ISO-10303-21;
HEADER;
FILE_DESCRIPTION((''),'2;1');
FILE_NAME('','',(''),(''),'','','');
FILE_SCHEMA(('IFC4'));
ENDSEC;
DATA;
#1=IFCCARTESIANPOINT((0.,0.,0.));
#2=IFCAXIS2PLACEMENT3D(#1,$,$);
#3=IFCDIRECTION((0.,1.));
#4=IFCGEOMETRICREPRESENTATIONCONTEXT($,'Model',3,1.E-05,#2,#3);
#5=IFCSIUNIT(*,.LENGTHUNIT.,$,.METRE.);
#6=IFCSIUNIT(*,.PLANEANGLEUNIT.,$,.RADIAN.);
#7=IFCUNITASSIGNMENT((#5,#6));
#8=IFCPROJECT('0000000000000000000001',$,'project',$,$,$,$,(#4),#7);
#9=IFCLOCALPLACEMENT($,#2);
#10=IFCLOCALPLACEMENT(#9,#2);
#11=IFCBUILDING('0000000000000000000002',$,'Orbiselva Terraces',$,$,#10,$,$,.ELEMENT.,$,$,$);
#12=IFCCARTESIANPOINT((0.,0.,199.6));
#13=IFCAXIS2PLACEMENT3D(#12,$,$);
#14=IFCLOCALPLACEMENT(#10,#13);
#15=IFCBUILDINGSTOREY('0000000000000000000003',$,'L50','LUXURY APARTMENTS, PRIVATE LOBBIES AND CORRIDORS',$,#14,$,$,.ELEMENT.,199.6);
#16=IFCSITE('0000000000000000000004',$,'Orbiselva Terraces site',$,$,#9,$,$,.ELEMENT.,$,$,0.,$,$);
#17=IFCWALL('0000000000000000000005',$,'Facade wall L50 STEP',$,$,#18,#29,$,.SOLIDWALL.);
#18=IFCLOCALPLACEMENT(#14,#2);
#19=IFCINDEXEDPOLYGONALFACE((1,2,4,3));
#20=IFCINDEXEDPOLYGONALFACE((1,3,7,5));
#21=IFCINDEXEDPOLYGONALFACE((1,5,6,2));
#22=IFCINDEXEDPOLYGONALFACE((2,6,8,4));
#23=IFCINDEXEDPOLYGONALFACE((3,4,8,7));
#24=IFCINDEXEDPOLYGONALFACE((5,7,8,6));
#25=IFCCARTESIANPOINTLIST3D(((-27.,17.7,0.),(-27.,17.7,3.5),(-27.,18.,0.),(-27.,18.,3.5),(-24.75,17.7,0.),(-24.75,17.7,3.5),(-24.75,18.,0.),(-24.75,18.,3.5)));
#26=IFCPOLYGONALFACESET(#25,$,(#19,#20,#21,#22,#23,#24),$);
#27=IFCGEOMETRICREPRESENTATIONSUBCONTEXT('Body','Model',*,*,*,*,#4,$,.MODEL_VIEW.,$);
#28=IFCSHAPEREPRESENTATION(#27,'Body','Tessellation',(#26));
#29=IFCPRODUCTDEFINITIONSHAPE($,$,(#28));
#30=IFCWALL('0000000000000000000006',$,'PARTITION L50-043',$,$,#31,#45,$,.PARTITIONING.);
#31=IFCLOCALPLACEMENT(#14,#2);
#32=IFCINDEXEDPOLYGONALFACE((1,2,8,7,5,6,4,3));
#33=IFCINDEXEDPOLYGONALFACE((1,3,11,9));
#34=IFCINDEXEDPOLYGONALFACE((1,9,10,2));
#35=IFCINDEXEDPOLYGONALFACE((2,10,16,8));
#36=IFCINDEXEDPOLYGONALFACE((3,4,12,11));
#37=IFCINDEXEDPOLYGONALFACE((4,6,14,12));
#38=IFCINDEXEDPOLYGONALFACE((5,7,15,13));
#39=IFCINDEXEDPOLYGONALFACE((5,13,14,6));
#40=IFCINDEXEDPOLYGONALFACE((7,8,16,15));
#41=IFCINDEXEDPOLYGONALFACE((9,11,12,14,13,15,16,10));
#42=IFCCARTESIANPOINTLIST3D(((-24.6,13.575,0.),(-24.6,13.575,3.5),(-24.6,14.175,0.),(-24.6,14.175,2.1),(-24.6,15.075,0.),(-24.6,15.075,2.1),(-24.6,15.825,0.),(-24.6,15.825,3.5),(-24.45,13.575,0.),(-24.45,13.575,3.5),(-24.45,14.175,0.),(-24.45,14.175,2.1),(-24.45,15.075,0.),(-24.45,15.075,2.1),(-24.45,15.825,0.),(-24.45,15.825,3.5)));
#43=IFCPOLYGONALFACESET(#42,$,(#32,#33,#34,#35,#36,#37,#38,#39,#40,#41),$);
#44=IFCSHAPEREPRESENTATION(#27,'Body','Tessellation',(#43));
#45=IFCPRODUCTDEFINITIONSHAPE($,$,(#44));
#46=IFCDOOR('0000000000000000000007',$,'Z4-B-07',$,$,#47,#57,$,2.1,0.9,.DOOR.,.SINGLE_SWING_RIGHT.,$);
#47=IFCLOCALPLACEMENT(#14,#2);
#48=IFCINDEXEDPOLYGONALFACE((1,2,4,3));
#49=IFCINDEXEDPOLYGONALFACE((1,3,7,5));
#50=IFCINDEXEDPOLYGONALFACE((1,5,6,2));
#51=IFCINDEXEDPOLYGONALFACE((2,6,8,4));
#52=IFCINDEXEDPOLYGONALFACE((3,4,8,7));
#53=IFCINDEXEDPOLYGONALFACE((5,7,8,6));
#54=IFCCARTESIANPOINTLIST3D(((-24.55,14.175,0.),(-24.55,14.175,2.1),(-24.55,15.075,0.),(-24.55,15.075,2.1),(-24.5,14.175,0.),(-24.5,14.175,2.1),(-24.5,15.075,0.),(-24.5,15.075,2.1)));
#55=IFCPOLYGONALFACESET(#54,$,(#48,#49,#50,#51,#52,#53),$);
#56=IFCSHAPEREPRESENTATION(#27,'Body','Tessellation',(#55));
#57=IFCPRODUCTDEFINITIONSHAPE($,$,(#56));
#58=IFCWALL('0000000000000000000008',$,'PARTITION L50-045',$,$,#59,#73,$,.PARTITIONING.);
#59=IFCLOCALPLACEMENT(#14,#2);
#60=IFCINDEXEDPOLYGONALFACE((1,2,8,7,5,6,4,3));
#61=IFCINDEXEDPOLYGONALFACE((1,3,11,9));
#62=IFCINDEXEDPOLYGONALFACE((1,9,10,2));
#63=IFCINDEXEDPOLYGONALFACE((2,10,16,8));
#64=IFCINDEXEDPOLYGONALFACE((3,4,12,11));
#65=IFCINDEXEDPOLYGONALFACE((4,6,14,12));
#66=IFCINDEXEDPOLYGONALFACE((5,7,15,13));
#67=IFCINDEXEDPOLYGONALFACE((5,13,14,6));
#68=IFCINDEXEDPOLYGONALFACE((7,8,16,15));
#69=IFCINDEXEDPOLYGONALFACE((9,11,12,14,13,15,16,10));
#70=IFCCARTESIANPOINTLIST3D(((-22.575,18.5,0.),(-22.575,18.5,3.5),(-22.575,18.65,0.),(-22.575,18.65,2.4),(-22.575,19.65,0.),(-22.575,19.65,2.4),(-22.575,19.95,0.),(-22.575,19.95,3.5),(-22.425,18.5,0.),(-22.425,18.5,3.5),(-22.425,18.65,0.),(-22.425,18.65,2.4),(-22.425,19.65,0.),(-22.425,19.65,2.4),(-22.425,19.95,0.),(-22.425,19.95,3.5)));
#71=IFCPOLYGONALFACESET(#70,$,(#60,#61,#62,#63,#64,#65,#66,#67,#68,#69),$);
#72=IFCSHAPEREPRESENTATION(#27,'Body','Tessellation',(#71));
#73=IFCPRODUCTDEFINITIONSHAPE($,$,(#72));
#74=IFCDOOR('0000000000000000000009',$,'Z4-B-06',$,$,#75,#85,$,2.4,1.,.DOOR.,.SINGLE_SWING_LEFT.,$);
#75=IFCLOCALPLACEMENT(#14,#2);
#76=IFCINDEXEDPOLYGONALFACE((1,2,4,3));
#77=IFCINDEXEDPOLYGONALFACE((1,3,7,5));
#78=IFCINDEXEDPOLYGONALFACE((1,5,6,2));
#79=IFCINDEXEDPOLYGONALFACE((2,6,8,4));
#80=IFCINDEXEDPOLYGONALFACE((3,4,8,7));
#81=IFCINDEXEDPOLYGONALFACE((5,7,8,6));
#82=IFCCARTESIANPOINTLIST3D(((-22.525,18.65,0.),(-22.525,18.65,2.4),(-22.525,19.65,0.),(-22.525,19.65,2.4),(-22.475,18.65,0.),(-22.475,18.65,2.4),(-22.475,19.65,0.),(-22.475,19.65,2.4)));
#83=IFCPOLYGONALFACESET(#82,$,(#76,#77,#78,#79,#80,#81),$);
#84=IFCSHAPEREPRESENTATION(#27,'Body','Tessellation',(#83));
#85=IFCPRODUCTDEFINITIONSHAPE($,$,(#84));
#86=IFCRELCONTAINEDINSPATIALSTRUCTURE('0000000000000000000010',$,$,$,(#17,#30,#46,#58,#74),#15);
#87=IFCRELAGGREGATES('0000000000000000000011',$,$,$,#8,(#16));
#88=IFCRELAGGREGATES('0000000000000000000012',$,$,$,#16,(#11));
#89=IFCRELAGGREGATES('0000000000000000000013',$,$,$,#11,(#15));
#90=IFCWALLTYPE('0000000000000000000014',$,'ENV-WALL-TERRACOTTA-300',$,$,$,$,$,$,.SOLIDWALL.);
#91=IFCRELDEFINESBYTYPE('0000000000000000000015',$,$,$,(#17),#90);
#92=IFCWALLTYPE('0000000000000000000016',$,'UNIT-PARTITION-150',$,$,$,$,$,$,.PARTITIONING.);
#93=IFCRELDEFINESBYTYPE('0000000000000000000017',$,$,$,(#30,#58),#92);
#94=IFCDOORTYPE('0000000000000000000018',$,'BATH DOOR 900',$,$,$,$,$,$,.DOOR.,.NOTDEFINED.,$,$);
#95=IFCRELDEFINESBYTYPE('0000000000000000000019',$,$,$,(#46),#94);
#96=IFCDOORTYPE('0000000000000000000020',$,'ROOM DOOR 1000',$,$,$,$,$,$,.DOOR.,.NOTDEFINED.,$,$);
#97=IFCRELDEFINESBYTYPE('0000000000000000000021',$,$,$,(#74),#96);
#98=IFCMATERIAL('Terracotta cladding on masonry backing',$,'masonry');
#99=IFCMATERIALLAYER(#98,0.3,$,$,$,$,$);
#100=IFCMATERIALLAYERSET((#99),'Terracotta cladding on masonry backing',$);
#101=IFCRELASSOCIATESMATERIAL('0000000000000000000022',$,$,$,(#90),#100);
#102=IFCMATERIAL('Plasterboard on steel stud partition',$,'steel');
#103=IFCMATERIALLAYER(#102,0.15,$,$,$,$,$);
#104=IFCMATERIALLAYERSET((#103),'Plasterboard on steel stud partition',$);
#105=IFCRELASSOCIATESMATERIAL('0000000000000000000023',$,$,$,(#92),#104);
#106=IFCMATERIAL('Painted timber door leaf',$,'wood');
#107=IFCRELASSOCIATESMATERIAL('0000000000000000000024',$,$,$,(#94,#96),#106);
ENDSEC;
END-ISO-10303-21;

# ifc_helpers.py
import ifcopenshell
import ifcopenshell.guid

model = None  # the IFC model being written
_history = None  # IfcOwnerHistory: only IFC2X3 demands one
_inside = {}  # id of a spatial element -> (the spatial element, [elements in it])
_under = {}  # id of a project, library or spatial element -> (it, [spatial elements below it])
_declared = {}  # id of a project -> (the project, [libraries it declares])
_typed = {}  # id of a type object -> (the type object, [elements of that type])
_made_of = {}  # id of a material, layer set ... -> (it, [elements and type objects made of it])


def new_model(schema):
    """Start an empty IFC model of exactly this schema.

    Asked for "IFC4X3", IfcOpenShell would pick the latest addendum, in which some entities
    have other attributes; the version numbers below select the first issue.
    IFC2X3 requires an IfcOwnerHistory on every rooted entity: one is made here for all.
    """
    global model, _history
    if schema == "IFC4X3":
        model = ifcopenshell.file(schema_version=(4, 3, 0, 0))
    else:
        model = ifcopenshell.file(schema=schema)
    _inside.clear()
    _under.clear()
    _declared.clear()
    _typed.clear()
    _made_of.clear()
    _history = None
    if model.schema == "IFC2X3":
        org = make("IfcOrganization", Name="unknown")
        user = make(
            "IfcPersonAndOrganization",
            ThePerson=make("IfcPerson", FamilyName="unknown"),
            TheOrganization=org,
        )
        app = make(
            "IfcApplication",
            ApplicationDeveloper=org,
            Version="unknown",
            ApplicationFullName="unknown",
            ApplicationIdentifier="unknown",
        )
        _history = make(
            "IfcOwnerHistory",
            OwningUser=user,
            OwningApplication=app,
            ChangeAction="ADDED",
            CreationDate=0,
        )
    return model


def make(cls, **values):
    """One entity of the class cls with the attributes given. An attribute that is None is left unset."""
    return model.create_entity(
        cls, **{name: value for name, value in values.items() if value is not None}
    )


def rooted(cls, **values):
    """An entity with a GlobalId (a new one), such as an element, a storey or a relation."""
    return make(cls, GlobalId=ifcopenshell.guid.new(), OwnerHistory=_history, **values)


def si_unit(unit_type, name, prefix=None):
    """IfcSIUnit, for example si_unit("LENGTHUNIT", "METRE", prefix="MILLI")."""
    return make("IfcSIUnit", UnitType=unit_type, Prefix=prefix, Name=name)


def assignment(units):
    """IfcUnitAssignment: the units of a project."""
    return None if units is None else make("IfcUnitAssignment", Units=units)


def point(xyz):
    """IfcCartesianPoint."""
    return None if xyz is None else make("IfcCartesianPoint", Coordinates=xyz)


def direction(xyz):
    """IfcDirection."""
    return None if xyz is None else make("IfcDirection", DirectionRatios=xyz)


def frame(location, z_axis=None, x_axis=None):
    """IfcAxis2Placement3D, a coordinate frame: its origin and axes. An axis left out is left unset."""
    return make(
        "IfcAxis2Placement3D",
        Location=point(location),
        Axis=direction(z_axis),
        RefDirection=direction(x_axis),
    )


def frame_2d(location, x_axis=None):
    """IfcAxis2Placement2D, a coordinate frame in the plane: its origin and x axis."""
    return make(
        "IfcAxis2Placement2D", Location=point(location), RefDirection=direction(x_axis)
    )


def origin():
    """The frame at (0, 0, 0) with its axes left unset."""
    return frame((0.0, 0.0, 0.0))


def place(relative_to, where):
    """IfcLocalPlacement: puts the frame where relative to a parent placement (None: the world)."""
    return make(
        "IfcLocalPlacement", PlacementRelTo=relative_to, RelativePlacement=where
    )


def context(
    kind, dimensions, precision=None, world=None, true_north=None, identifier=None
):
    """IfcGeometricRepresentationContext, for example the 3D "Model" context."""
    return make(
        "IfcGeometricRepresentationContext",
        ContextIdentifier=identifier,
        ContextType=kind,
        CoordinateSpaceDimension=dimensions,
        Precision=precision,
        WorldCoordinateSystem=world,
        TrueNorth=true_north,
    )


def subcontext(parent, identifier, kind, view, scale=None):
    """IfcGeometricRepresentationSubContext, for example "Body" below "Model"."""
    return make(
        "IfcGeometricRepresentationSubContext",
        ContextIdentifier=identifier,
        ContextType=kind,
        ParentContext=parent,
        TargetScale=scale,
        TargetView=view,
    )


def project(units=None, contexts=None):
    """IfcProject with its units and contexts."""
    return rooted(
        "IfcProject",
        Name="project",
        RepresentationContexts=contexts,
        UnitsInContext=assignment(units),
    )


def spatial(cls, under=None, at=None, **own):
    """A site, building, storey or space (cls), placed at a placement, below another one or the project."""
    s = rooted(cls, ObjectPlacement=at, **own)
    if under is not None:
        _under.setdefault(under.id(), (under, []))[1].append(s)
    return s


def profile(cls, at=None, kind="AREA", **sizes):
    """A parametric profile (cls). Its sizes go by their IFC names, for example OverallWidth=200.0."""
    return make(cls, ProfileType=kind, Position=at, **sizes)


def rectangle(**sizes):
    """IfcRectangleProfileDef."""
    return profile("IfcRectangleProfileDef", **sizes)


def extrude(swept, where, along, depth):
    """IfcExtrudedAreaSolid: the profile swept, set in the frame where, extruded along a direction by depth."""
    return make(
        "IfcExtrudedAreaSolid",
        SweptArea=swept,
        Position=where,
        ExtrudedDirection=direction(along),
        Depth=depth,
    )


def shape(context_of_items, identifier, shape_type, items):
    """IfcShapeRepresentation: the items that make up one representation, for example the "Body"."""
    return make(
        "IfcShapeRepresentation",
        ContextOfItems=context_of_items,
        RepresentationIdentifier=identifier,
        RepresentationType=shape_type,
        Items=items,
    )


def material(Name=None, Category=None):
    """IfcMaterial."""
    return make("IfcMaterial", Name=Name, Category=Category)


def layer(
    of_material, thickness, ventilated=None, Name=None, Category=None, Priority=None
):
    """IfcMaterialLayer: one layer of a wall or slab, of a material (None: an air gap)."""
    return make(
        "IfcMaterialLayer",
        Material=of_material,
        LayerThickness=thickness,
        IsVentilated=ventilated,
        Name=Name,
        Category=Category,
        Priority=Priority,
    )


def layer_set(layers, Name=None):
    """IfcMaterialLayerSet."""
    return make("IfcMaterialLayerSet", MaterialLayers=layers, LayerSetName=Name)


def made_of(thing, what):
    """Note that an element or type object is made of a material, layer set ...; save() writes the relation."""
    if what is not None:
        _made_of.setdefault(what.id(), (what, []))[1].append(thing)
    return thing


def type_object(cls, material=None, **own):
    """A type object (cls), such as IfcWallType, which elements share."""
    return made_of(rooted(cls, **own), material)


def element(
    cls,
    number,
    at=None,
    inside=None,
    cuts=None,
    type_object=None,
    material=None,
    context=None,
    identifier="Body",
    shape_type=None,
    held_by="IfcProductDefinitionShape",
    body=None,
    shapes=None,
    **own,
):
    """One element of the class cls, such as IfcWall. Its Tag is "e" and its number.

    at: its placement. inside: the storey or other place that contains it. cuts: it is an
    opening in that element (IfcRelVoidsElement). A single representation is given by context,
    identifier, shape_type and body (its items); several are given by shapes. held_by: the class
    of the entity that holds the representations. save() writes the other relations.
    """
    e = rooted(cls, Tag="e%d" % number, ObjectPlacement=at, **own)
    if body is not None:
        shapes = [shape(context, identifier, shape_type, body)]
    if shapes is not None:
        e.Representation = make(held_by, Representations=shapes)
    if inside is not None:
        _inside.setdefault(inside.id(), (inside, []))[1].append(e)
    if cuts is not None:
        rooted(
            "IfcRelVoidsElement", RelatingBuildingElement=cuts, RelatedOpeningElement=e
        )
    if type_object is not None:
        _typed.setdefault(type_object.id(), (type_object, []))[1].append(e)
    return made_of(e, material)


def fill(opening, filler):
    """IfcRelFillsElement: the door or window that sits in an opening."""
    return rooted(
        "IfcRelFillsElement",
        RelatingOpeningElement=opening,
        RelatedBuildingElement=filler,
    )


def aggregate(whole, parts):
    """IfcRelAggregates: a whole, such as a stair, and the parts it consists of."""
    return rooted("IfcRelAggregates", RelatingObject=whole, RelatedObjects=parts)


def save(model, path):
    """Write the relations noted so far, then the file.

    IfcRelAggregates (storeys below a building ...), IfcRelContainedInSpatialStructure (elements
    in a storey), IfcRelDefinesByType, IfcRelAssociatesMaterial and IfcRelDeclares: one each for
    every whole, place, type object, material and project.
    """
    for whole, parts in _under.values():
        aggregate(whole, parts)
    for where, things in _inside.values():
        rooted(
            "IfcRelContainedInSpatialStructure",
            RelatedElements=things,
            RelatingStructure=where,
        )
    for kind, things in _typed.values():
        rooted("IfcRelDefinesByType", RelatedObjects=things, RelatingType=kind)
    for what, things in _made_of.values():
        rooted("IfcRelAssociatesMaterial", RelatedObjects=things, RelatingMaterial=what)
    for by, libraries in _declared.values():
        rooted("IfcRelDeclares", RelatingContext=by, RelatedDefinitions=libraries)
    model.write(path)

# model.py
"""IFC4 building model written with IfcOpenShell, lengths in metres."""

from ifc_helpers import new_model, si_unit, direction, frame, frame_2d, origin, place, context, subcontext, project, spatial, rectangle, extrude, material, layer, layer_set, type_object, element, fill, save


model = new_model("IFC4")

# Units and contexts
model_context = context("Model", 3, precision=1e-05, world=origin(), true_north=direction((0.0, 1.0)))
body_context = subcontext(model_context, "Body", "Model", "MODEL_VIEW")
ifc_project = project(units=[si_unit("LENGTHUNIT", "METRE"), si_unit("PLANEANGLEUNIT", "RADIAN")], contexts=[model_context])

# Site, building, storey
site_placement = place(None, origin())
site = spatial("IfcSite", under=ifc_project, at=site_placement, Name="Orbiselva Terraces site", CompositionType="ELEMENT", RefElevation=0.0)
building_placement = place(site_placement, origin())
building = spatial("IfcBuilding", under=site, at=building_placement, Name="Orbiselva Terraces", CompositionType="ELEMENT")
storey_placement = place(building_placement, frame((0.0, 0.0, 199.6)))
storey = spatial("IfcBuildingStorey", under=building, at=storey_placement, Name="L50", Description="LUXURY APARTMENTS, PRIVATE LOBBIES AND CORRIDORS", CompositionType="ELEMENT", Elevation=199.6)

# Shared definitions
ifc_material_1 = material(Name="Terracotta cladding on masonry backing", Category="masonry")
ifc_layer_1 = layer(ifc_material_1, 0.3)
ifc_layer_set_1 = layer_set([ifc_layer_1], Name="Terracotta cladding on masonry backing")
wall_type_1 = type_object("IfcWallType", Name="ENV-WALL-TERRACOTTA-300", PredefinedType="SOLIDWALL", material=ifc_layer_set_1)

# Wall
wall_1_placement = place(storey_placement, frame((-27.0, 17.85, 0.0), z_axis=(0.0, 0.0, 1.0), x_axis=(1.0, 0.0, 0.0)))
element("IfcWall", 1, at=wall_1_placement, inside=storey, type_object=wall_type_1, Name="Facade wall L50 STEP", PredefinedType="SOLIDWALL", context=body_context, shape_type="SweptSolid", body=[
    extrude(rectangle(XDim=2.25, YDim=0.3, at=frame_2d((1.125, 0.0))), origin(), (0.0, 0.0, 1.0), 3.5),
])

# Walls, openings, doors
ifc_material_2 = material(Name="Plasterboard on steel stud partition", Category="steel")
ifc_layer_2 = layer(ifc_material_2, 0.15)
ifc_layer_set_2 = layer_set([ifc_layer_2], Name="Plasterboard on steel stud partition")
wall_type_2 = type_object("IfcWallType", Name="UNIT-PARTITION-150", PredefinedType="PARTITIONING", material=ifc_layer_set_2)
wall_2_placement = place(storey_placement, frame((-24.525, 15.825, 0.0), z_axis=(0.0, 0.0, 1.0), x_axis=(0.0, -1.0, 0.0)))
wall_2 = element("IfcWall", 2, at=wall_2_placement, inside=storey, type_object=wall_type_2, Name="PARTITION L50-043", PredefinedType="PARTITIONING", context=body_context, shape_type="SweptSolid", body=[
    extrude(rectangle(XDim=2.25, YDim=0.15, at=frame_2d((1.125, 0.0))), origin(), (0.0, 0.0, 1.0), 3.5),
])
opening_1_placement = place(wall_2_placement, frame((0.75, 0.0, 0.0)))
opening_1 = element("IfcOpeningElement", 3, at=opening_1_placement, cuts=wall_2, PredefinedType="OPENING", context=body_context, shape_type="SweptSolid", body=[
    extrude(rectangle(XDim=0.9, YDim=2.1, at=frame_2d((0.45, 1.05))), frame((0.0, 0.085, 0.0), z_axis=(0.0, -1.0, 0.0), x_axis=(1.0, 0.0, 0.0)), (0.0, 0.0, 1.0), 0.17),
])
ifc_material_3 = material(Name="Painted timber door leaf", Category="wood")
door_type_1 = type_object("IfcDoorType", Name="BATH DOOR 900", OperationType="NOTDEFINED", PredefinedType="DOOR", material=ifc_material_3)
door_1_placement = place(opening_1_placement, origin())
door_1 = element("IfcDoor", 4, at=door_1_placement, inside=storey, type_object=door_type_1, Name="Z4-B-07", OperationType="SINGLE_SWING_RIGHT", OverallHeight=2.1, OverallWidth=0.9, PredefinedType="DOOR", context=body_context, shape_type="SweptSolid", body=[
    extrude(rectangle(XDim=0.9, YDim=2.1, at=frame_2d((0.45, 1.05))), frame((0.0, 0.025, 0.0), z_axis=(0.0, -1.0, 0.0), x_axis=(1.0, 0.0, 0.0)), (0.0, 0.0, 1.0), 0.05),
])
fill(opening_1, door_1)
wall_3_placement = place(storey_placement, frame((-22.5, 18.5, 0.0), z_axis=(0.0, 0.0, 1.0), x_axis=(0.0, 1.0, 0.0)))
wall_3 = element("IfcWall", 5, at=wall_3_placement, inside=storey, type_object=wall_type_2, Name="PARTITION L50-045", PredefinedType="PARTITIONING", context=body_context, shape_type="SweptSolid", body=[
    extrude(rectangle(XDim=1.45, YDim=0.15, at=frame_2d((0.725, 0.0))), origin(), (0.0, 0.0, 1.0), 3.5),
])
opening_2_placement = place(wall_3_placement, frame((0.15, 0.0, 0.0)))
opening_2 = element("IfcOpeningElement", 6, at=opening_2_placement, cuts=wall_3, PredefinedType="OPENING", context=body_context, shape_type="SweptSolid", body=[
    extrude(rectangle(XDim=1.0, YDim=2.4, at=frame_2d((0.5, 1.2))), frame((0.0, 0.085, 0.0), z_axis=(0.0, -1.0, 0.0), x_axis=(1.0, 0.0, 0.0)), (0.0, 0.0, 1.0), 0.17),
])
door_type_2 = type_object("IfcDoorType", Name="ROOM DOOR 1000", OperationType="NOTDEFINED", PredefinedType="DOOR", material=ifc_material_3)
door_2_placement = place(opening_2_placement, origin())
door_2 = element("IfcDoor", 7, at=door_2_placement, inside=storey, type_object=door_type_2, Name="Z4-B-06", OperationType="SINGLE_SWING_LEFT", OverallHeight=2.4, OverallWidth=1.0, PredefinedType="DOOR", context=body_context, shape_type="SweptSolid", body=[
    extrude(rectangle(XDim=1.0, YDim=2.4, at=frame_2d((0.5, 1.2))), frame((0.0, 0.025, 0.0), z_axis=(0.0, -1.0, 0.0), x_axis=(1.0, 0.0, 0.0)), (0.0, 0.0, 1.0), 0.05),
])
fill(opening_2, door_2)

save(model, "model.ifc")
